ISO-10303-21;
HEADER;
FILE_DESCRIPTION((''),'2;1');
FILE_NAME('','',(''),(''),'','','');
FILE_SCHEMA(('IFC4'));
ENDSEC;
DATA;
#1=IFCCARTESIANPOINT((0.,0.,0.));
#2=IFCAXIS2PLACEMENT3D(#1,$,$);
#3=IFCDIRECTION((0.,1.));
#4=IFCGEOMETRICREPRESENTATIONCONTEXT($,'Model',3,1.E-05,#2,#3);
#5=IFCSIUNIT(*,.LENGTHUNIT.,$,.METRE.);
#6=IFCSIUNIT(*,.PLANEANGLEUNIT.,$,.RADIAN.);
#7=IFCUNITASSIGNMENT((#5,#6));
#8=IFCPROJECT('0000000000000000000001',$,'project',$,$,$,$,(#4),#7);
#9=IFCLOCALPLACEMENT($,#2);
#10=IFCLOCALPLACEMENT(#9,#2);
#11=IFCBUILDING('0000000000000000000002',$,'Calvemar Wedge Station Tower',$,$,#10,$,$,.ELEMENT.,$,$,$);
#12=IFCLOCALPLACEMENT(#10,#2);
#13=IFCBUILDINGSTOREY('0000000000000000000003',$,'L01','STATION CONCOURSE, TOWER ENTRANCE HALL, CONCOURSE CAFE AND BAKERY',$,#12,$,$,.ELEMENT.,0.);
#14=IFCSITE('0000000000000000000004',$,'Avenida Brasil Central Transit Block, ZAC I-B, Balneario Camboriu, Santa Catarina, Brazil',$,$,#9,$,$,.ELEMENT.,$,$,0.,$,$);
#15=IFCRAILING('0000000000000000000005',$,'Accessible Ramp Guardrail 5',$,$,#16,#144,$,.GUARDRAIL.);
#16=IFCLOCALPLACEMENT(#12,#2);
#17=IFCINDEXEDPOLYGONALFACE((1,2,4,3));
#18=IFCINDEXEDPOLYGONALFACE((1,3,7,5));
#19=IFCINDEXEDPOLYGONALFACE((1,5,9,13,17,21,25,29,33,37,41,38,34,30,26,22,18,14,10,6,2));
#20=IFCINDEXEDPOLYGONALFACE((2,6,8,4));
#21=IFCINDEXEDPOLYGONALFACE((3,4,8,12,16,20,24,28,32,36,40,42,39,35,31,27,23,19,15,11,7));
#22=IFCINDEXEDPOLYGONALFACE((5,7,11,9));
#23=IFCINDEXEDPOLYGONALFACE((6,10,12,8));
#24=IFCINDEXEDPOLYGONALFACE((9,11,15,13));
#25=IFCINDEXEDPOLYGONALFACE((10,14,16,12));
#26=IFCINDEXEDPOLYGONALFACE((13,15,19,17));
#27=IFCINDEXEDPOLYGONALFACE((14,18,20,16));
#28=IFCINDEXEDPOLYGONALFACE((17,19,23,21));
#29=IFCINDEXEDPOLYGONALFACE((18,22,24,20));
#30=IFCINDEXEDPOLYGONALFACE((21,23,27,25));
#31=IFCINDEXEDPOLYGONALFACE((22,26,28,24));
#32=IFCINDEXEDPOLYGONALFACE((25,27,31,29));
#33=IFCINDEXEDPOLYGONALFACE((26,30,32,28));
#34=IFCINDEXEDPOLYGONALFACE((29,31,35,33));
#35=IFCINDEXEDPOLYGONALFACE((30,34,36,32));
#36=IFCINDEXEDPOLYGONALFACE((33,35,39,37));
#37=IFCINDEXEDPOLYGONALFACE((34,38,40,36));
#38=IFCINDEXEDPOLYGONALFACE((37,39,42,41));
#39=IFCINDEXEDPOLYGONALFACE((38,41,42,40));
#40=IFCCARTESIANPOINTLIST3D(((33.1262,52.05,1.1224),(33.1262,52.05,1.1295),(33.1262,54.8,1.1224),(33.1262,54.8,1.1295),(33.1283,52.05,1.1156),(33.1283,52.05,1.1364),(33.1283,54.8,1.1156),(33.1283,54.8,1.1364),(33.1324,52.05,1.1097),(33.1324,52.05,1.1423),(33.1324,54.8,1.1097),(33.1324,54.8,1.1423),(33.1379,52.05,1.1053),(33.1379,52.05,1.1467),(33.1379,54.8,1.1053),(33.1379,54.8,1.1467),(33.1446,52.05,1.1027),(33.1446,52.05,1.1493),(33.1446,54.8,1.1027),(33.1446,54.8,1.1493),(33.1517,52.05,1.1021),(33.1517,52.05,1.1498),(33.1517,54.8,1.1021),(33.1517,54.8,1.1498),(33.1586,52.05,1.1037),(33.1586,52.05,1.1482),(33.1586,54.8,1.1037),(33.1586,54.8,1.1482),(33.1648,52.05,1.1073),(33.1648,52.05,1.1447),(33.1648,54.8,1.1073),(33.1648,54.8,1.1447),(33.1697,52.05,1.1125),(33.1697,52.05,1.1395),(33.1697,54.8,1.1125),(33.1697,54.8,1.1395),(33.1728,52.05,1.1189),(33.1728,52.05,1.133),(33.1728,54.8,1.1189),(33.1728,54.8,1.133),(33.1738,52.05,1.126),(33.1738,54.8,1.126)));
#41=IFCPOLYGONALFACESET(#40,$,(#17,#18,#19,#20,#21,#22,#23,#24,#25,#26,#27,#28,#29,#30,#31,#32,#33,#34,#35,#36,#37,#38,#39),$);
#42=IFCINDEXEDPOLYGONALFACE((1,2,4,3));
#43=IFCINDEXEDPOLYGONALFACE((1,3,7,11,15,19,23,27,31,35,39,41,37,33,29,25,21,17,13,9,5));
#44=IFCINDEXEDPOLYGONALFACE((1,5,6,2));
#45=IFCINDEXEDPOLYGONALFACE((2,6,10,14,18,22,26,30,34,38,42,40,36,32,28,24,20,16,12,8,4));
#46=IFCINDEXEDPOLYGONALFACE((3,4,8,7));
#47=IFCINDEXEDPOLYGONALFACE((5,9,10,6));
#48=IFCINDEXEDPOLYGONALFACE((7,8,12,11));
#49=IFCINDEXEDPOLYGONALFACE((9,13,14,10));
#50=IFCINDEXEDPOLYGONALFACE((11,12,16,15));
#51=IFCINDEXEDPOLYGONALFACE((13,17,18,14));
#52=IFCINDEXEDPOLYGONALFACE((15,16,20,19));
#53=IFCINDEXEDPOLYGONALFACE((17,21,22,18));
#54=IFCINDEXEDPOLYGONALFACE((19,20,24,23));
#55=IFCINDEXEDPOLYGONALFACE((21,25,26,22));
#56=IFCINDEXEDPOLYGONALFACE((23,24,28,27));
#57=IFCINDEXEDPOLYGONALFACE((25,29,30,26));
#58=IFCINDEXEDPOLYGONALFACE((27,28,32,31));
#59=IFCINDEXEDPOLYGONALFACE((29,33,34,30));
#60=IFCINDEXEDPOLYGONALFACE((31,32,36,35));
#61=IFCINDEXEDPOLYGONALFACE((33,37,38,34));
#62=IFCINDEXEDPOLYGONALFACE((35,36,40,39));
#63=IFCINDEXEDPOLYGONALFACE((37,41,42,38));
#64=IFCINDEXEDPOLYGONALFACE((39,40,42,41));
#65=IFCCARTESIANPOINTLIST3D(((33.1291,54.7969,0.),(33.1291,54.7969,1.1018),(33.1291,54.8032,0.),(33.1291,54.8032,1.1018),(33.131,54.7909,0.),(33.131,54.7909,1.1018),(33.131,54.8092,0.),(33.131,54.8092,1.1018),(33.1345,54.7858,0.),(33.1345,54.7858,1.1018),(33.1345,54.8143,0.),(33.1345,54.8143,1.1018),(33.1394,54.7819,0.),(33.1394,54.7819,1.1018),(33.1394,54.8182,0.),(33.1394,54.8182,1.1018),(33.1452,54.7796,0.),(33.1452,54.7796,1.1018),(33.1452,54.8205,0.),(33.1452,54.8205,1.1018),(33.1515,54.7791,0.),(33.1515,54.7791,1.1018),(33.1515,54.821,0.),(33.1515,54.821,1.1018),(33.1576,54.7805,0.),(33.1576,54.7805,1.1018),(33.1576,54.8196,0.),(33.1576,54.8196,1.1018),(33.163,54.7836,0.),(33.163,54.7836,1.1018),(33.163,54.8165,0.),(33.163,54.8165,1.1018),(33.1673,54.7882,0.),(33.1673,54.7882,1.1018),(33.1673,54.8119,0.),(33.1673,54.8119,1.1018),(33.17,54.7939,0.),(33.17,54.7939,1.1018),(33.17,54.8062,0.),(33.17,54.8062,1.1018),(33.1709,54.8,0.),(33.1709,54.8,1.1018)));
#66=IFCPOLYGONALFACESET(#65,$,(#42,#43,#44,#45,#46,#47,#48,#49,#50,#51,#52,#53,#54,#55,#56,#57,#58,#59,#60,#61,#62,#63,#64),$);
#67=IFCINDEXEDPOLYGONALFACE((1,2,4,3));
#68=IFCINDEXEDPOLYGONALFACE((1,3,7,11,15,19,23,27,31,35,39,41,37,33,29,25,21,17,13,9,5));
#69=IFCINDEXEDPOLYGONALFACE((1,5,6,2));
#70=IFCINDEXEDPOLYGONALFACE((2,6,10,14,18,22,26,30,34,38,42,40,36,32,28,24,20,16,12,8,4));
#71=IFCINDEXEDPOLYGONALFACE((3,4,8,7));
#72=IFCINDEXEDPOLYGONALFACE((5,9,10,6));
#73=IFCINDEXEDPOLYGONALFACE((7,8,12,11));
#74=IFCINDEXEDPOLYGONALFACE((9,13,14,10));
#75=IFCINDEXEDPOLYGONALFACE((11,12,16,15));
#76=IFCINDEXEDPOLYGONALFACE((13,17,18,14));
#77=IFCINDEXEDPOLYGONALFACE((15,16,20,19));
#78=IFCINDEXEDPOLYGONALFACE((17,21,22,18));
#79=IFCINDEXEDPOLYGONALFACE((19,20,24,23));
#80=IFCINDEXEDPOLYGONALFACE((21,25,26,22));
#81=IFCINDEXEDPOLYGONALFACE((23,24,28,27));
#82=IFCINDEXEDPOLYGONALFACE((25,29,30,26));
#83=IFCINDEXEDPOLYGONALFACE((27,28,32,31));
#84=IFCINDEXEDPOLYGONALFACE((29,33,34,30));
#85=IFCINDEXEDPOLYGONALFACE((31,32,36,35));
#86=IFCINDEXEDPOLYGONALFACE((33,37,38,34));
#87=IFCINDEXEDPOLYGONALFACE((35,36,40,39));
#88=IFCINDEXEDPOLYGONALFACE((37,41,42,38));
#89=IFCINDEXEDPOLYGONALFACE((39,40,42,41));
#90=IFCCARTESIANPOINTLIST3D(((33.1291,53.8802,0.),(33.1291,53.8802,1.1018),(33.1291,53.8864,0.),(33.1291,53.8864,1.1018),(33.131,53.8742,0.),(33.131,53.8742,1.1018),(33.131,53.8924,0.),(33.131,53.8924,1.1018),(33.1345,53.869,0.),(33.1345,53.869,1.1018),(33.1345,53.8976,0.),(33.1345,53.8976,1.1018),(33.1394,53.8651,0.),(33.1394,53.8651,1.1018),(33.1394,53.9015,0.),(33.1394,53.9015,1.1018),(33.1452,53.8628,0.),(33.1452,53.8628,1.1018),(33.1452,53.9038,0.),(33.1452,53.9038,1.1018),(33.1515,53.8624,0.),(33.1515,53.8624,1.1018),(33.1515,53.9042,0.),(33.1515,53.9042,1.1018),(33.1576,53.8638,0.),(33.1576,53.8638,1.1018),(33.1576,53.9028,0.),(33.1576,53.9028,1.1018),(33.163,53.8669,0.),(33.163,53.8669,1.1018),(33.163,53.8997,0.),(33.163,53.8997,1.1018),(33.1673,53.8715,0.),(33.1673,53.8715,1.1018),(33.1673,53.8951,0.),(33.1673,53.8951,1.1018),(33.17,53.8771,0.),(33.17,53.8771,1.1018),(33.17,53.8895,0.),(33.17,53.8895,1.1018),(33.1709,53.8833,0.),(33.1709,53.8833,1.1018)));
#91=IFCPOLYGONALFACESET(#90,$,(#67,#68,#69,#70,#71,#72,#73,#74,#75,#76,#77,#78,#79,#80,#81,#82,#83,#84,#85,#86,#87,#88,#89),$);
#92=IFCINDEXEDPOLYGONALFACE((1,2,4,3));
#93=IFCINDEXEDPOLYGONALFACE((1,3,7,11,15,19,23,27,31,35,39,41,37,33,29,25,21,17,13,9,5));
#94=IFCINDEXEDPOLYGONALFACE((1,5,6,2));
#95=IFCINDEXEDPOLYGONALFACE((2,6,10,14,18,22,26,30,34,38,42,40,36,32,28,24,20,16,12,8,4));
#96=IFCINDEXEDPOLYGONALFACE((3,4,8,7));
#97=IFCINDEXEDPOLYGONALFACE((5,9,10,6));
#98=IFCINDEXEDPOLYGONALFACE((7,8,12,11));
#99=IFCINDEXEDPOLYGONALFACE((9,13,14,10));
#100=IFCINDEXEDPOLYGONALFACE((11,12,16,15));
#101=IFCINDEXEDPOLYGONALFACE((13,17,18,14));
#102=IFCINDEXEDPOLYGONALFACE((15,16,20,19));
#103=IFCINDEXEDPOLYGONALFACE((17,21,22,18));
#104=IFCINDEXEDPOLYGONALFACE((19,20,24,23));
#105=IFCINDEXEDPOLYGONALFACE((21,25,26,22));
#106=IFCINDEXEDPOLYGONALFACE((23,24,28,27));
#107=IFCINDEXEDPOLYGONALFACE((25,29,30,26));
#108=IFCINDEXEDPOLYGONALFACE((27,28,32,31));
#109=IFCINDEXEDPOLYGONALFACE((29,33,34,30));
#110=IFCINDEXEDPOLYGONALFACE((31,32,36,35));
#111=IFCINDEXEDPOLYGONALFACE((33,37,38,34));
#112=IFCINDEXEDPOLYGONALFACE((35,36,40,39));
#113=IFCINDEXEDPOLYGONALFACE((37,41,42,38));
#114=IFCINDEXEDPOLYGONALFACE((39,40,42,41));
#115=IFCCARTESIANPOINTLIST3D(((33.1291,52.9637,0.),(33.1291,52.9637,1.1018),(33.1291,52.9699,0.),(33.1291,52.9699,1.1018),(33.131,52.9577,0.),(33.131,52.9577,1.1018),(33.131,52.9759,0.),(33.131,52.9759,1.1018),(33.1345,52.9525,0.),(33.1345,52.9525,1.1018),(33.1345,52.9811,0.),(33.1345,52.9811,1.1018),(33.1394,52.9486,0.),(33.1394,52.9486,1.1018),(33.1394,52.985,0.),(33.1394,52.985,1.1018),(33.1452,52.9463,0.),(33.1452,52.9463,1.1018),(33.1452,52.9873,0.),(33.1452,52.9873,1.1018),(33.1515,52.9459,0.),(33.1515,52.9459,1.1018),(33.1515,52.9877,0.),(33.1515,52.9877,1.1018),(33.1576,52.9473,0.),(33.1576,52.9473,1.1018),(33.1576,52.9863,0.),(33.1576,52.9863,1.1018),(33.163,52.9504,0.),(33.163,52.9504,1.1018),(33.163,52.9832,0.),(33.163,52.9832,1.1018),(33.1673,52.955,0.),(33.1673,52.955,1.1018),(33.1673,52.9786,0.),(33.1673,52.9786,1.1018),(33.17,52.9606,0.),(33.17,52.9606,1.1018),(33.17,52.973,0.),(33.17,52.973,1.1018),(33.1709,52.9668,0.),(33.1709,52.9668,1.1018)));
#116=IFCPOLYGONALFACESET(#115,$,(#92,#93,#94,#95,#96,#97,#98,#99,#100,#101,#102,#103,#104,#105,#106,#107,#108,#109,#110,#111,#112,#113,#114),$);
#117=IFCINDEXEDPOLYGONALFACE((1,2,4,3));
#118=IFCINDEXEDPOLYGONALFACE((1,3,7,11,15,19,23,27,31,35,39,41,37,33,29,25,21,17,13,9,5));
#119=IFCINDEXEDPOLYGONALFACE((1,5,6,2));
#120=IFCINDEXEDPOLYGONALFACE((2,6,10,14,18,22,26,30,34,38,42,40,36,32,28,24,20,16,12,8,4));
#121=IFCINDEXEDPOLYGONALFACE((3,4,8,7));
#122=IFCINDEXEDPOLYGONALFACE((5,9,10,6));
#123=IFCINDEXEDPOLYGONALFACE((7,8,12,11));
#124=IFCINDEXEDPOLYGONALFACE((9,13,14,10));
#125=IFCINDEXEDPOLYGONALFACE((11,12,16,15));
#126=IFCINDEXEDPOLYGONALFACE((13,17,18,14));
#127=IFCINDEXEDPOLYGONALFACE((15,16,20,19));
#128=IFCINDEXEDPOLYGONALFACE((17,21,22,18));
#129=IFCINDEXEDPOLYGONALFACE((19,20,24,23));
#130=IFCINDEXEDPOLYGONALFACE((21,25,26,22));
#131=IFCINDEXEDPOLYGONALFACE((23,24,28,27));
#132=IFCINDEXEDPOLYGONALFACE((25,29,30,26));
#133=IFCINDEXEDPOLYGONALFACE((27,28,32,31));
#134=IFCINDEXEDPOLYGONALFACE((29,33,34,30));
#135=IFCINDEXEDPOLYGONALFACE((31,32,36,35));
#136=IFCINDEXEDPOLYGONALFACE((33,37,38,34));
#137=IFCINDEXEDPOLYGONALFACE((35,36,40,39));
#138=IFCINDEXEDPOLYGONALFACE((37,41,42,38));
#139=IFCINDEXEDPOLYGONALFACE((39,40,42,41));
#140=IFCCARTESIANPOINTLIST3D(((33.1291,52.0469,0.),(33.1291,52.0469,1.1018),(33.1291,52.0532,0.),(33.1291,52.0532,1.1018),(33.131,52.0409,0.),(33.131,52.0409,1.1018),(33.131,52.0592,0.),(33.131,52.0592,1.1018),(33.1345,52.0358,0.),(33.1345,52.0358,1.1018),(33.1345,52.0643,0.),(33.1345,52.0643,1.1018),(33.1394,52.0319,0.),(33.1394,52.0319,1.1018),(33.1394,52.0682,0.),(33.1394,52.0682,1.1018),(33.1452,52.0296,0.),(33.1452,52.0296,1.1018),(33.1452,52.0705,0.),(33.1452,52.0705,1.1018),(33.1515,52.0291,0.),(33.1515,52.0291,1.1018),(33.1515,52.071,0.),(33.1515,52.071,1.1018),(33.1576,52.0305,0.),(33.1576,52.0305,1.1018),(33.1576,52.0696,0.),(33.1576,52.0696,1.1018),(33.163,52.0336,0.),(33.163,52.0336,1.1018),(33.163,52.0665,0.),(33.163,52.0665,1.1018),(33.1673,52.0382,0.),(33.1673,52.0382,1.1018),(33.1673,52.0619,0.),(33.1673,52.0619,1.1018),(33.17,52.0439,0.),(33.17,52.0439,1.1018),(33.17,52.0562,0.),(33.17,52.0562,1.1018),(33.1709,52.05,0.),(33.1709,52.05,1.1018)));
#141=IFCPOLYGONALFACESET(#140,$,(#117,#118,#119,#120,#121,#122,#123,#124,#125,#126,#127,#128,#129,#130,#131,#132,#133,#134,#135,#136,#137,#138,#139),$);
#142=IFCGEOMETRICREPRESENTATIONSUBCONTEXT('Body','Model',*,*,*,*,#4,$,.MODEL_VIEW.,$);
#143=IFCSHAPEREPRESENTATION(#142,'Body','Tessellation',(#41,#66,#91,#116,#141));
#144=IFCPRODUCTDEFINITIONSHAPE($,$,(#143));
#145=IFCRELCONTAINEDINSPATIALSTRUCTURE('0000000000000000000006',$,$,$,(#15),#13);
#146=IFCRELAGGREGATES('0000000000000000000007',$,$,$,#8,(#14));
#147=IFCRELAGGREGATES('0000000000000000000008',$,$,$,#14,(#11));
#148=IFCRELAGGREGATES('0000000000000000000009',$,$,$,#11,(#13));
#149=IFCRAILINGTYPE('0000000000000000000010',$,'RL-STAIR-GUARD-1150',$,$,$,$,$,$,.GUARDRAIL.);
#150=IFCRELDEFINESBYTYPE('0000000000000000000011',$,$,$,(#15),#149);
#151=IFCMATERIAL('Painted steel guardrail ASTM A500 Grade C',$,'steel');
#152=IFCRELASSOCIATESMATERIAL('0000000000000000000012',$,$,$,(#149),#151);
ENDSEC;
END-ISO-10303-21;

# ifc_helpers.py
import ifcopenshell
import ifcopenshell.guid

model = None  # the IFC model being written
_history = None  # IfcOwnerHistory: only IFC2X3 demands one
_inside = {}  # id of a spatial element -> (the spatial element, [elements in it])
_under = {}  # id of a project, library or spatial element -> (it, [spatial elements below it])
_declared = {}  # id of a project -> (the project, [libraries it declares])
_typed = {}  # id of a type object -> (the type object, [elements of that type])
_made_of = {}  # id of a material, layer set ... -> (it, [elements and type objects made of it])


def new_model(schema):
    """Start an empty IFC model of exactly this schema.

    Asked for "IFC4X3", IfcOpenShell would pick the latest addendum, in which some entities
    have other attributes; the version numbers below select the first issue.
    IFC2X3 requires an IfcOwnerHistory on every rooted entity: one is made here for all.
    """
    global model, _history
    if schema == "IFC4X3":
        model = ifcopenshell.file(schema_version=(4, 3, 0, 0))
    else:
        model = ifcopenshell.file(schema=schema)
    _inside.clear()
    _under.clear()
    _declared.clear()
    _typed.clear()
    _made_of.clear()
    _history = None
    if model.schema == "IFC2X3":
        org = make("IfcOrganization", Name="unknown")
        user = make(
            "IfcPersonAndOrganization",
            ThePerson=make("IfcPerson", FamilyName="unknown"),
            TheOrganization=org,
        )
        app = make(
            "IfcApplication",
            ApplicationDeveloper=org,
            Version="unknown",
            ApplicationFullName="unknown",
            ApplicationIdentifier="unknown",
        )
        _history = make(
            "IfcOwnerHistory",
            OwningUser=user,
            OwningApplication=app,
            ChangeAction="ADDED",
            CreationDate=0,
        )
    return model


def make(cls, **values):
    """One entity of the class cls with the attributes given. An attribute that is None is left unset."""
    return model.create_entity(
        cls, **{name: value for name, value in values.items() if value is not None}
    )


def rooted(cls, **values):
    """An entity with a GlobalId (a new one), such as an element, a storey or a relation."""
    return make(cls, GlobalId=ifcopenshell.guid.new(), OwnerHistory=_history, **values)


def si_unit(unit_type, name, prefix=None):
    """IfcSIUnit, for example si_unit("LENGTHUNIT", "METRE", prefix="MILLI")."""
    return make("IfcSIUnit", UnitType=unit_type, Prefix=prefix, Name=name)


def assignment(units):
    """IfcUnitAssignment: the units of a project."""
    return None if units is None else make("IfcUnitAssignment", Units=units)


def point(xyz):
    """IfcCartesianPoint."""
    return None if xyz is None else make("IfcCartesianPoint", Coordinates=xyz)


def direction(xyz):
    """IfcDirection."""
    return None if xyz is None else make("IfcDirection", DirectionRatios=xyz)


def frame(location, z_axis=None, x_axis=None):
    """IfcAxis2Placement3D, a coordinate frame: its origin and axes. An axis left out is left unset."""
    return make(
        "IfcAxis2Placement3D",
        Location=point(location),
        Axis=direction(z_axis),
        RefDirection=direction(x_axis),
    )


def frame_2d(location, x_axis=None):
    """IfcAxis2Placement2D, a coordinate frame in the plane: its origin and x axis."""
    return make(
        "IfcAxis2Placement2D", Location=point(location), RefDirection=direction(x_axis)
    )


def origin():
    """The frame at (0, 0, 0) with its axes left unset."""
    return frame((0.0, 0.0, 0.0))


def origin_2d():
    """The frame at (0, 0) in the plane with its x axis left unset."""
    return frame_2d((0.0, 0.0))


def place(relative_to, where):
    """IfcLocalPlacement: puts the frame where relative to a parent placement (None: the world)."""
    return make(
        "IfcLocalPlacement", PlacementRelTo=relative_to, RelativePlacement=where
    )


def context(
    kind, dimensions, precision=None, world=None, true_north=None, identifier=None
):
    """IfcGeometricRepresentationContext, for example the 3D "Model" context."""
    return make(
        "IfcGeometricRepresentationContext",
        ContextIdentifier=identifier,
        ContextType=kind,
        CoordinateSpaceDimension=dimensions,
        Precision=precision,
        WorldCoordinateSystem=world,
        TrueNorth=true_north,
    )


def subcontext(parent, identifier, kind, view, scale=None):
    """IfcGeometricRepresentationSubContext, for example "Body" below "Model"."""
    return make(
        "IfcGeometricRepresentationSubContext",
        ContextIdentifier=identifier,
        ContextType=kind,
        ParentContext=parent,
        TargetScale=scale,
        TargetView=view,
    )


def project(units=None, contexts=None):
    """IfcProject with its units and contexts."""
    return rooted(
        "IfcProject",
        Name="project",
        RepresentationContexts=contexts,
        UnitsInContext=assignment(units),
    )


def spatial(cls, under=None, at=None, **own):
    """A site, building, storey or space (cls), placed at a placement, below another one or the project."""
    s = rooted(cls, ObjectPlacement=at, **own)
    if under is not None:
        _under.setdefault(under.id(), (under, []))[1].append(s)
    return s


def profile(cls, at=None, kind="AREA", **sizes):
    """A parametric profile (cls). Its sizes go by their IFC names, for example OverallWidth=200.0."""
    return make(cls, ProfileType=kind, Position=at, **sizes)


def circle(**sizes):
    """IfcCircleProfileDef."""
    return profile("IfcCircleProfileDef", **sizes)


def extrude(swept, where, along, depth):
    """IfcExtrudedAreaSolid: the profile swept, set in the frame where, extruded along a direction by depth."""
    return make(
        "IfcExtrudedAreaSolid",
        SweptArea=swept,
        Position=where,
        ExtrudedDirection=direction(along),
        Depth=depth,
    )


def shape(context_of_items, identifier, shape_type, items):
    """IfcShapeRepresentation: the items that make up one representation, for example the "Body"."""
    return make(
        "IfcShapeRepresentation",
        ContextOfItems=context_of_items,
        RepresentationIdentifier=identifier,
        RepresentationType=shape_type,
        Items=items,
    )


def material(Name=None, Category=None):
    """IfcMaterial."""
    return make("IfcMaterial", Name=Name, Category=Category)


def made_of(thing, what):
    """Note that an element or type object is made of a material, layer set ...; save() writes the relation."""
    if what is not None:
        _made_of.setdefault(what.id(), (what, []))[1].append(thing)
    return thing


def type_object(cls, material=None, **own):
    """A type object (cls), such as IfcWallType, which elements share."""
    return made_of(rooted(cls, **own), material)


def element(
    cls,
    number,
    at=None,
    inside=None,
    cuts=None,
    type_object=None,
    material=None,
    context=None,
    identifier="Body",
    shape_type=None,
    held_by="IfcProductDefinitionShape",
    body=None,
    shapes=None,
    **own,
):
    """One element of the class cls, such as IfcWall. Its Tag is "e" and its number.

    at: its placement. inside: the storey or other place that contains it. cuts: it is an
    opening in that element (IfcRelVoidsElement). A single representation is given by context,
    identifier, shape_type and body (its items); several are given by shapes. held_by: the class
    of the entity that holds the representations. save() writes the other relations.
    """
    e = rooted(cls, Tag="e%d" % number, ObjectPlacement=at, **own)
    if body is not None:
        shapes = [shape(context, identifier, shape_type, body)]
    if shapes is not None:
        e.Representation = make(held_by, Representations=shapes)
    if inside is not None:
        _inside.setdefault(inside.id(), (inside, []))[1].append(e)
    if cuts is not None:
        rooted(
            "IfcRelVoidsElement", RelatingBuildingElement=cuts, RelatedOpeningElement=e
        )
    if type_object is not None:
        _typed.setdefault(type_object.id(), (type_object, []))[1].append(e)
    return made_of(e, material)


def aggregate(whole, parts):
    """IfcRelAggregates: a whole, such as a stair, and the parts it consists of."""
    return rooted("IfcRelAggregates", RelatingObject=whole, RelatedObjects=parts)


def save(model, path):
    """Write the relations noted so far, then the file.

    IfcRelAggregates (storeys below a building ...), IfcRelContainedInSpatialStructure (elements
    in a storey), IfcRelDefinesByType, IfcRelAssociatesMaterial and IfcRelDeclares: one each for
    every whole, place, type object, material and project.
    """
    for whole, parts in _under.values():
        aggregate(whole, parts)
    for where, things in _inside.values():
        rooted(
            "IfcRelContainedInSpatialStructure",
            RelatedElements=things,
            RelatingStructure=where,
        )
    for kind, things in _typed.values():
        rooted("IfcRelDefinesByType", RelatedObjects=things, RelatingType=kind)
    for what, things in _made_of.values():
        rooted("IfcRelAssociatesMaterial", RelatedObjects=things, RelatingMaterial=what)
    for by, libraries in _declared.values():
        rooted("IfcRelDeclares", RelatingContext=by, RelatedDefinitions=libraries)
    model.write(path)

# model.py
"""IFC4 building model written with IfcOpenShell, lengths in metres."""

from ifc_helpers import new_model, si_unit, direction, frame, origin, origin_2d, place, context, subcontext, project, spatial, circle, extrude, material, type_object, element, save


model = new_model("IFC4")

# Units and contexts
model_context = context("Model", 3, precision=1e-05, world=origin(), true_north=direction((0.0, 1.0)))
body_context = subcontext(model_context, "Body", "Model", "MODEL_VIEW")
ifc_project = project(units=[si_unit("LENGTHUNIT", "METRE"), si_unit("PLANEANGLEUNIT", "RADIAN")], contexts=[model_context])

# Site, building, storey
site_placement = place(None, origin())
site = spatial("IfcSite", under=ifc_project, at=site_placement, Name="Avenida Brasil Central Transit Block, ZAC I-B, Balneario Camboriu, Santa Catarina, Brazil", CompositionType="ELEMENT", RefElevation=0.0)
building_placement = place(site_placement, origin())
building = spatial("IfcBuilding", under=site, at=building_placement, Name="Calvemar Wedge Station Tower", CompositionType="ELEMENT")
storey_placement = place(building_placement, origin())
storey = spatial("IfcBuildingStorey", under=building, at=storey_placement, Name="L01", Description="STATION CONCOURSE, TOWER ENTRANCE HALL, CONCOURSE CAFE AND BAKERY", CompositionType="ELEMENT", Elevation=0.0)

# Railing
ifc_material_1 = material(Name="Painted steel guardrail ASTM A500 Grade C", Category="steel")
railing_type_1 = type_object("IfcRailingType", Name="RL-STAIR-GUARD-1150", PredefinedType="GUARDRAIL", material=ifc_material_1)
for number, where, name in (
    (1, (33.1499, 54.8, 0.0), "Accessible Ramp Guardrail 5"),
):
    element("IfcRailing", number, at=place(storey_placement, frame(where)), inside=storey, type_object=railing_type_1, Name=name, PredefinedType="GUARDRAIL", context=body_context, shape_type="SweptSolid", body=[
        extrude(circle(Radius=0.0239, at=origin_2d()), frame((0.0, 0.0, 1.126), z_axis=(0.0, -1.0, 0.0), x_axis=(1.0, 0.0, 0.0)), (0.0, 0.0, 1.0), 2.75),
        extrude(circle(Radius=0.021, at=origin_2d()), origin(), (0.0, 0.0, 1.0), 1.1018),
        extrude(circle(Radius=0.021, at=origin_2d()), frame((0.0, -0.9167, 0.0)), (0.0, 0.0, 1.0), 1.1018),
        extrude(circle(Radius=0.021, at=origin_2d()), frame((0.0, -1.8333, 0.0)), (0.0, 0.0, 1.0), 1.1018),
        extrude(circle(Radius=0.021, at=origin_2d()), frame((0.0, -2.75, 0.0)), (0.0, 0.0, 1.0), 1.1018),
    ])

save(model, "model.ifc")
